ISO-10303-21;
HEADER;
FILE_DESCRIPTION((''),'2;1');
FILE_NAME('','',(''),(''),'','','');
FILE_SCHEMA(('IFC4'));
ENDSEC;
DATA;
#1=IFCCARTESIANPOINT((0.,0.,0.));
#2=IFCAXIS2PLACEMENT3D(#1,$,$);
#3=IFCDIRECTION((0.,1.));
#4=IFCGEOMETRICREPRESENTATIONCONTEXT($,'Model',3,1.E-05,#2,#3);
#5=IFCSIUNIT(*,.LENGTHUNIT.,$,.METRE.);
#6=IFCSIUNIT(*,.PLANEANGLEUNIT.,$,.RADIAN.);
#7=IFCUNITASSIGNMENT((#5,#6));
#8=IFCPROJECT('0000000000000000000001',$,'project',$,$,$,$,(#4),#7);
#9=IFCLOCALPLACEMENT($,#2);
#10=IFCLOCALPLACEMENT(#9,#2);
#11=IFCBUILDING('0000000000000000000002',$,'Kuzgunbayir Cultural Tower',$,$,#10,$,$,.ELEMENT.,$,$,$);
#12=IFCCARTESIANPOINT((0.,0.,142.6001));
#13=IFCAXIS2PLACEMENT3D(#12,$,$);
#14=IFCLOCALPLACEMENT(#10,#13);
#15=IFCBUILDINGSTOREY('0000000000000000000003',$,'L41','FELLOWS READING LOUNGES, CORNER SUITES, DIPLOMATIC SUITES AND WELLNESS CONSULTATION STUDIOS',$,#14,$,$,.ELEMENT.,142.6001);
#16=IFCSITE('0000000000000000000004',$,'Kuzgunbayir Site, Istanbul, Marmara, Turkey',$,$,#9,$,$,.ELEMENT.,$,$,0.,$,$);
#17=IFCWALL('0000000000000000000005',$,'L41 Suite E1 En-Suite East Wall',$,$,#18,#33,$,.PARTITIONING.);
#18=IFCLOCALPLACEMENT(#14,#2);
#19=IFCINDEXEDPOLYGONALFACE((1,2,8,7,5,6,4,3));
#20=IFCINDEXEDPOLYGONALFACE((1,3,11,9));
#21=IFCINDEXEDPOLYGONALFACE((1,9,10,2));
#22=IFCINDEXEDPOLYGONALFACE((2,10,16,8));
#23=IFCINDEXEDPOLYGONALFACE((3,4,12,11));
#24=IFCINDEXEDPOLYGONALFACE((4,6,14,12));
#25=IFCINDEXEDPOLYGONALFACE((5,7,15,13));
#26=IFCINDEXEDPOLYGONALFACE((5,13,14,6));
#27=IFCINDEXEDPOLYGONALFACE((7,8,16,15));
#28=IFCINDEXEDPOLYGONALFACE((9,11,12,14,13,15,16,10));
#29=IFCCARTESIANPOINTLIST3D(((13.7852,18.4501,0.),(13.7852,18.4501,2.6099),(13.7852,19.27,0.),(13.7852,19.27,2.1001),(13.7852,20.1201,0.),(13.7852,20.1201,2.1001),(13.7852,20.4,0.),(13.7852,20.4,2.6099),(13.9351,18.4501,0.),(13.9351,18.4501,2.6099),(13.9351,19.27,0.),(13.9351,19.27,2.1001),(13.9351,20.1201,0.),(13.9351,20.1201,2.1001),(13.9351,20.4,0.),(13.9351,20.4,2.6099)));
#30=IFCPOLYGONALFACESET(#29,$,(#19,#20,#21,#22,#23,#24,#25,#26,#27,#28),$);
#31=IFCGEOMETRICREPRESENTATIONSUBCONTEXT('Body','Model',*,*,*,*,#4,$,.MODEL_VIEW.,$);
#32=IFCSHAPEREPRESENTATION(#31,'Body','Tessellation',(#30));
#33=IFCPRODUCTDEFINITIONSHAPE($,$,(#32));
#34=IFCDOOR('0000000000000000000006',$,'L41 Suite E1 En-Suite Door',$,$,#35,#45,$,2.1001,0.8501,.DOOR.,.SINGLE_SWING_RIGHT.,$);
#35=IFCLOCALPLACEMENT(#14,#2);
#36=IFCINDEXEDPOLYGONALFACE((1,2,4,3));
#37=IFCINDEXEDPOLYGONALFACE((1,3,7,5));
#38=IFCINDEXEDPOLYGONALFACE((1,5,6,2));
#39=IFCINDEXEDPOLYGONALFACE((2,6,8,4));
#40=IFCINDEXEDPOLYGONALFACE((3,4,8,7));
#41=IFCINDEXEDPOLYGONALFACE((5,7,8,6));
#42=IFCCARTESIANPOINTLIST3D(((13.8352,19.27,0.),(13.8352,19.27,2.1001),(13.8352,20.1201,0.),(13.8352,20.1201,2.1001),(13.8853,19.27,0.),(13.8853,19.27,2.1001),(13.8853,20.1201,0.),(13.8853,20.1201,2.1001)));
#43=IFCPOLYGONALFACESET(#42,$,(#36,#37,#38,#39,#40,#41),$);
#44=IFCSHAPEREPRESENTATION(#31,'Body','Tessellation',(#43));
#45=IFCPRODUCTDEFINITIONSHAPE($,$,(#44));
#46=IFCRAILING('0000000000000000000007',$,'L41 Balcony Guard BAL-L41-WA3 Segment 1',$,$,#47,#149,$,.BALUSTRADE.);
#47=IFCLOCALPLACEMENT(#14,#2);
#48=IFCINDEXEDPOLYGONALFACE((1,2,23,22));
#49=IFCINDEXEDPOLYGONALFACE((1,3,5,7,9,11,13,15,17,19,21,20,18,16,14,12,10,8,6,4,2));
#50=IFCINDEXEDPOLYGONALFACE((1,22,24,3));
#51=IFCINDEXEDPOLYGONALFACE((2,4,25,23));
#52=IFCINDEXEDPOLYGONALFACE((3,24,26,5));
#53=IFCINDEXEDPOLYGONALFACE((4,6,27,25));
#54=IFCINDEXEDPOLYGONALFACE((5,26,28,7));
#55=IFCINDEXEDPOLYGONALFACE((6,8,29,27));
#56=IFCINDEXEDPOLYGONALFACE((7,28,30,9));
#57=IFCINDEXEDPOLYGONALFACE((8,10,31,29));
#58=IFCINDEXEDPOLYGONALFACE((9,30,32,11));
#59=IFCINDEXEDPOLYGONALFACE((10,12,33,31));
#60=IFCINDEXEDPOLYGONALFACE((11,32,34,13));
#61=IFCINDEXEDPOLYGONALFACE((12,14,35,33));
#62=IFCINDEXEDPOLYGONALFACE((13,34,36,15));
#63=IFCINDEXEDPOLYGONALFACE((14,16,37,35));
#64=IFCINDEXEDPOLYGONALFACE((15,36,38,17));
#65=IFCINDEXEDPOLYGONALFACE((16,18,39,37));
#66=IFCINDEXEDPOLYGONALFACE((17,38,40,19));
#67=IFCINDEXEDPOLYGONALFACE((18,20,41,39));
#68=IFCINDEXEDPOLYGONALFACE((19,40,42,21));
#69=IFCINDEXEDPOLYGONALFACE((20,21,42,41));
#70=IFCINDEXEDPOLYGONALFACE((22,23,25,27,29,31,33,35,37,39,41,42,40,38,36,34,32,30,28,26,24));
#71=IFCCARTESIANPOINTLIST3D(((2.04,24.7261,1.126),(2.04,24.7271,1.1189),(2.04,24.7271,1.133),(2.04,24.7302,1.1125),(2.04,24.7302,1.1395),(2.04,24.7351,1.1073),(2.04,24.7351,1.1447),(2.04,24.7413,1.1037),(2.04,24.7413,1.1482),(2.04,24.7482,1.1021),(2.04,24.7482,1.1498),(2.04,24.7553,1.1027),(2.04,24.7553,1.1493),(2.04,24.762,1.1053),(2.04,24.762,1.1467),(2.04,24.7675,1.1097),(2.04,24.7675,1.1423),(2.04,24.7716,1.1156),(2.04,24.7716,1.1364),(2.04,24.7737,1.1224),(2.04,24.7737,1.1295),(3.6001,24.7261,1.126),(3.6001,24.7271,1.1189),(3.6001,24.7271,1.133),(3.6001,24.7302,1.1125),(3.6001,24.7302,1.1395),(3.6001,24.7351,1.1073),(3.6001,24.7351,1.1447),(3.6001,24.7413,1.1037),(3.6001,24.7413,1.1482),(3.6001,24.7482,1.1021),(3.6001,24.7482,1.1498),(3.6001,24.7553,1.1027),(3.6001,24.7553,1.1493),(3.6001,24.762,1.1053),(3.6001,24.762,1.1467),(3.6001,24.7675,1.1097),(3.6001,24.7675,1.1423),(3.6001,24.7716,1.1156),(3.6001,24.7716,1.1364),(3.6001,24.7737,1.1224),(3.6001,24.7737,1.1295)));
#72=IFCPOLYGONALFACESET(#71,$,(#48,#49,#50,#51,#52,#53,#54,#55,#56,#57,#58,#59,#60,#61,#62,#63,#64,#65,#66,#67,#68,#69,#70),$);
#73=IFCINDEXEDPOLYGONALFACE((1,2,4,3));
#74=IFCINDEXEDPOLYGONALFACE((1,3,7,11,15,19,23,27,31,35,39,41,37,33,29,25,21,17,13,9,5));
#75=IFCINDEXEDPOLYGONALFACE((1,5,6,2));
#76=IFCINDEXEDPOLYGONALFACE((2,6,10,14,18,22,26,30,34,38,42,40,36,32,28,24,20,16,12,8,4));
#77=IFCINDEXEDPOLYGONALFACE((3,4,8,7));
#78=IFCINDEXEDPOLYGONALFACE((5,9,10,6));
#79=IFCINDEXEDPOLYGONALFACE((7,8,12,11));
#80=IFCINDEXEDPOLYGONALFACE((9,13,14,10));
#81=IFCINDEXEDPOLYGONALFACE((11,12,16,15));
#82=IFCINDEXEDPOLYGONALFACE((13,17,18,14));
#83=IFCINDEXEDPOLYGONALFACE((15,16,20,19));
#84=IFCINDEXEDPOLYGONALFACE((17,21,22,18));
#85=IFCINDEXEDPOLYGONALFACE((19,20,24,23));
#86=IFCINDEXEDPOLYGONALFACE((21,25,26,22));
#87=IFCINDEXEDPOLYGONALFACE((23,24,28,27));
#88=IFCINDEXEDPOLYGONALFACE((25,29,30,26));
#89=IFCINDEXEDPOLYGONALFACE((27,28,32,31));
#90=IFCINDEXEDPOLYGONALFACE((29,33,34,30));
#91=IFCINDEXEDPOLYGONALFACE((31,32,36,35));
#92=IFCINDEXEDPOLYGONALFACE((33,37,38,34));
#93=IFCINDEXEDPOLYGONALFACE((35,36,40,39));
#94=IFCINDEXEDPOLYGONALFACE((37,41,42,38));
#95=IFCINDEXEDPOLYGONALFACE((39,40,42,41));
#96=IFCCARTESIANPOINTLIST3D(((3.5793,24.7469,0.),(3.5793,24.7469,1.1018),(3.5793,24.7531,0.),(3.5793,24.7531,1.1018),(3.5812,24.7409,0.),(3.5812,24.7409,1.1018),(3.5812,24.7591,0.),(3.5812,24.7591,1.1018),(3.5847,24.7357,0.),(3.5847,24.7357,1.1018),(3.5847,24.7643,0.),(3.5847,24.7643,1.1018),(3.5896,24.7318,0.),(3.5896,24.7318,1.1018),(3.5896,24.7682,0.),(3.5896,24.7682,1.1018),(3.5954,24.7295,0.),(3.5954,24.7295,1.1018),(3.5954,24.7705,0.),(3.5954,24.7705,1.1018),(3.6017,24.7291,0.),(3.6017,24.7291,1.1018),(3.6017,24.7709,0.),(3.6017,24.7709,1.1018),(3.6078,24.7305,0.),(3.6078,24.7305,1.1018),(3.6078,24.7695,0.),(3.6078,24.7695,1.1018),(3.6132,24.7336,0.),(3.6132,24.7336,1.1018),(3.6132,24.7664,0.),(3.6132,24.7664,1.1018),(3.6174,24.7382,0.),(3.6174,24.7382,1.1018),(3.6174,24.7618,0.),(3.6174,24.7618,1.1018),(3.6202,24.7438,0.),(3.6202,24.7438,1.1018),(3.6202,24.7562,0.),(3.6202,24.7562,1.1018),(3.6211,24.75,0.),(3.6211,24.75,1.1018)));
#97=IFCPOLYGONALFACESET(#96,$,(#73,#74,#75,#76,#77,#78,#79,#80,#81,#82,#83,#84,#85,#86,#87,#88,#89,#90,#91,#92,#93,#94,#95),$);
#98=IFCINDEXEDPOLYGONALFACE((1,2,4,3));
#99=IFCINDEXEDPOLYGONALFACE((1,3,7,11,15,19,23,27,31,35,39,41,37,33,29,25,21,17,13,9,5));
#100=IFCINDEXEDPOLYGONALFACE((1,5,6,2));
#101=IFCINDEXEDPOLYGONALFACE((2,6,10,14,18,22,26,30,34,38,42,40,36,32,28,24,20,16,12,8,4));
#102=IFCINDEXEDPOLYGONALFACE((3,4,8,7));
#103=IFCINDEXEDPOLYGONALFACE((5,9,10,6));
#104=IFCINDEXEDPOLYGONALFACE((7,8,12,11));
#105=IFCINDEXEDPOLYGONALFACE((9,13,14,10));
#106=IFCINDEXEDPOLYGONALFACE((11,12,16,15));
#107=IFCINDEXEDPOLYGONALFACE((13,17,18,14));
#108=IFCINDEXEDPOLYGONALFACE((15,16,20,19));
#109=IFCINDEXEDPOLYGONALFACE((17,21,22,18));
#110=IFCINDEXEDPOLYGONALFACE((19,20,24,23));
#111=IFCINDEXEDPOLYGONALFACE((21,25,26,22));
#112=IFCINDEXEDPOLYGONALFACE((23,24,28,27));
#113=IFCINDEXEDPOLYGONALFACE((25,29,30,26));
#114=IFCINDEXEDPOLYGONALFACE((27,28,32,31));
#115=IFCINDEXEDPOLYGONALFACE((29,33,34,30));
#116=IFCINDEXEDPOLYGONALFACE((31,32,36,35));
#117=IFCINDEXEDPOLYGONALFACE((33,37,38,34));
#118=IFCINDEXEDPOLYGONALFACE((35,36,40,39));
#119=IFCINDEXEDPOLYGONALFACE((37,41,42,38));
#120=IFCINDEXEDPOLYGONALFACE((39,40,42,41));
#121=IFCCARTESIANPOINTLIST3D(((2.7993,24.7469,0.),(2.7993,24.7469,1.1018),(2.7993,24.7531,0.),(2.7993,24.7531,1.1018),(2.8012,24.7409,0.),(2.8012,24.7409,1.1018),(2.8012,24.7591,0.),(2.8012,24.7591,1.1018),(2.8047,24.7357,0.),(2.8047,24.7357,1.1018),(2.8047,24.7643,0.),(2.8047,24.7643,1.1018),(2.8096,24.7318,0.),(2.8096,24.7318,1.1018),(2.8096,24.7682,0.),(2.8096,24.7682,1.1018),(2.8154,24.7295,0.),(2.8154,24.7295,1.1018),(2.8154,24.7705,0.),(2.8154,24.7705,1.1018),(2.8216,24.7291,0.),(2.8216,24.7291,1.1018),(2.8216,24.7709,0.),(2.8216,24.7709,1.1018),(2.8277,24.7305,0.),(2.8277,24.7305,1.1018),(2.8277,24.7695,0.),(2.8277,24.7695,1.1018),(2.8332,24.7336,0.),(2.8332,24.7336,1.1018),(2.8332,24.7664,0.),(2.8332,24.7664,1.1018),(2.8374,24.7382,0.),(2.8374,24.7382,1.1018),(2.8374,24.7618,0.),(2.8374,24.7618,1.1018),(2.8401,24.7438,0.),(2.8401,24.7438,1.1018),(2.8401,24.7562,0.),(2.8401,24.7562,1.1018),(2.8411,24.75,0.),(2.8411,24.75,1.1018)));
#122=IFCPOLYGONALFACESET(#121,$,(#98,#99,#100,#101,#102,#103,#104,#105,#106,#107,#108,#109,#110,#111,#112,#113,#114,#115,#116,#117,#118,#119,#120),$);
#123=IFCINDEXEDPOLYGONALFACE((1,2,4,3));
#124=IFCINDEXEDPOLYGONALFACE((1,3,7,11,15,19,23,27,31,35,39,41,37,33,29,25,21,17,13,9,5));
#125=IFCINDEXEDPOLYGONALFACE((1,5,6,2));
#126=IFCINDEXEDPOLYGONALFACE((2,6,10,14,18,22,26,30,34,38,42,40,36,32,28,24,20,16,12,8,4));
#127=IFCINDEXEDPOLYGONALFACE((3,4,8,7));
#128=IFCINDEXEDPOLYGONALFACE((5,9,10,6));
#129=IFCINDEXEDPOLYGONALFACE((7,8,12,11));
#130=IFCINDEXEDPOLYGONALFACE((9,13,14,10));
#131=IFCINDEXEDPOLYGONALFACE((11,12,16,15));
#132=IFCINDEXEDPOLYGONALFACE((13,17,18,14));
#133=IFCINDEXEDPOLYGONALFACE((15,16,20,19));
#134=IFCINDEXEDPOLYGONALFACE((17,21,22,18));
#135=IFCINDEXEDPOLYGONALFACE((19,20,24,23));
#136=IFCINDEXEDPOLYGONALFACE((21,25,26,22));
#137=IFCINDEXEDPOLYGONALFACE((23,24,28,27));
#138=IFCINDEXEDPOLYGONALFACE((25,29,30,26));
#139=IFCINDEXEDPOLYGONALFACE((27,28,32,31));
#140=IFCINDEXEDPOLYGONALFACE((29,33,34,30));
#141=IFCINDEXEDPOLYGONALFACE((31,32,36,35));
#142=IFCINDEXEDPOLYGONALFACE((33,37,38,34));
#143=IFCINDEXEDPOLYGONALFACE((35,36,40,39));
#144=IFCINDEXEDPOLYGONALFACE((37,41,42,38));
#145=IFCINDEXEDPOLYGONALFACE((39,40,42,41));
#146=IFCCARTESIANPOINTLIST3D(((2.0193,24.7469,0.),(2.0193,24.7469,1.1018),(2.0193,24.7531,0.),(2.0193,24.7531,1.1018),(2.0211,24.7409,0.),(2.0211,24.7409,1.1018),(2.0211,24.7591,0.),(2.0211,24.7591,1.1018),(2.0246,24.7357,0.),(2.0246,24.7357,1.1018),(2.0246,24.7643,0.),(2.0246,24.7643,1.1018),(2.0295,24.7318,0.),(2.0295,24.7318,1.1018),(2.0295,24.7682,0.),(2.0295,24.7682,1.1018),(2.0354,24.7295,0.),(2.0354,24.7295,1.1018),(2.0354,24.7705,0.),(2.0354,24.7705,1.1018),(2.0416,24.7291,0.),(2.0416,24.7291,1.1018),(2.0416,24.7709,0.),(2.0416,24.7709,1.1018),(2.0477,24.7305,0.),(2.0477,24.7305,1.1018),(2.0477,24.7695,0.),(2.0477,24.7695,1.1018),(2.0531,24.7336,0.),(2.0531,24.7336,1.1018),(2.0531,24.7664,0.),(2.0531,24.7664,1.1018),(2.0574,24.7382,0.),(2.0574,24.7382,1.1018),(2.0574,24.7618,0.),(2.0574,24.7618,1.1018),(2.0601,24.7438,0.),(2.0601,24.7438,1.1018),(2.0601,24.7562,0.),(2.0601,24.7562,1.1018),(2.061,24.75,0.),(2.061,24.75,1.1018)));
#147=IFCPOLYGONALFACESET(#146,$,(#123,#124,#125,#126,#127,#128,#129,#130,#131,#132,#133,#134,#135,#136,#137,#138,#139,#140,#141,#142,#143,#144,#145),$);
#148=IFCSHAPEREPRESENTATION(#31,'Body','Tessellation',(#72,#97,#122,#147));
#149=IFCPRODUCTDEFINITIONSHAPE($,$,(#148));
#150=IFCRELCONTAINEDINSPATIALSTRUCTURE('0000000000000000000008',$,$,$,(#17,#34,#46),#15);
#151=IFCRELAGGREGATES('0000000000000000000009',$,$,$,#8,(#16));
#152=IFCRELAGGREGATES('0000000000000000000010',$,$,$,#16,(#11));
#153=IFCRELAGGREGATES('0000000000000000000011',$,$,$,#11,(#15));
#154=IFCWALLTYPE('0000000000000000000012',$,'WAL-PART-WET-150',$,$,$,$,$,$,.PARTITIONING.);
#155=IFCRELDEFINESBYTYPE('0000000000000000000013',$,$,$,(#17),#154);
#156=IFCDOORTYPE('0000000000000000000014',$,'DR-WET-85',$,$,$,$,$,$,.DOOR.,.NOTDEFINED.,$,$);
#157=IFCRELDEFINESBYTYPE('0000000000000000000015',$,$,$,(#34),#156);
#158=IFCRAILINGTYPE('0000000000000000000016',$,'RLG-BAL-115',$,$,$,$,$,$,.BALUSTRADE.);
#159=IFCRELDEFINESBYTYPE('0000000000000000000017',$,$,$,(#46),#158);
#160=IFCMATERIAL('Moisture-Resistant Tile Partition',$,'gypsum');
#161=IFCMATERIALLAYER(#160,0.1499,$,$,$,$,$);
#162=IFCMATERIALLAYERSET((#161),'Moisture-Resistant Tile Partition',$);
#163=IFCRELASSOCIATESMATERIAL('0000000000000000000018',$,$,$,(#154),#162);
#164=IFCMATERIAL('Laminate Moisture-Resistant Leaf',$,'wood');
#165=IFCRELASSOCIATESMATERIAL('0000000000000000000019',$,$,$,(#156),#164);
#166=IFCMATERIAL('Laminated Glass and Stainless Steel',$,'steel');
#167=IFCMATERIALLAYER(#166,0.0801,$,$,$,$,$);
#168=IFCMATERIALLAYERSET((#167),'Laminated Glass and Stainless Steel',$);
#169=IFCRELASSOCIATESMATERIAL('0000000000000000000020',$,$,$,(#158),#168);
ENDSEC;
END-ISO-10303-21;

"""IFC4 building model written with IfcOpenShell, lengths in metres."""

from ifc_helpers import new_model, si_unit, direction, frame, frame_2d, origin, origin_2d, place, context, subcontext, project, spatial, rectangle, circle, extrude, material, layer, layer_set, type_object, element, fill, save


model = new_model("IFC4")

# Units and contexts
model_context = context("Model", 3, precision=1e-05, world=origin(), true_north=direction((0.0, 1.0)))
body_context = subcontext(model_context, "Body", "Model", "MODEL_VIEW")
ifc_project = project(units=[si_unit("LENGTHUNIT", "METRE"), si_unit("PLANEANGLEUNIT", "RADIAN")], contexts=[model_context])

# Site, building, storey
site_placement = place(None, origin())
site = spatial("IfcSite", under=ifc_project, at=site_placement, Name="Kuzgunbayir Site, Istanbul, Marmara, Turkey", CompositionType="ELEMENT", RefElevation=0.0)
building_placement = place(site_placement, origin())
building = spatial("IfcBuilding", under=site, at=building_placement, Name="Kuzgunbayir Cultural Tower", CompositionType="ELEMENT")
storey_placement = place(building_placement, frame((0.0, 0.0, 142.6001)))
storey = spatial("IfcBuildingStorey", under=building, at=storey_placement, Name="L41", Description="FELLOWS READING LOUNGES, CORNER SUITES, DIPLOMATIC SUITES AND WELLNESS CONSULTATION STUDIOS", CompositionType="ELEMENT", Elevation=142.6001)

# Shared definitions
ifc_material_1 = material(Name="Moisture-Resistant Tile Partition", Category="gypsum")
ifc_layer_1 = layer(ifc_material_1, 0.1499)
ifc_layer_set_1 = layer_set([ifc_layer_1], Name="Moisture-Resistant Tile Partition")
wall_type_1 = type_object("IfcWallType", Name="WAL-PART-WET-150", PredefinedType="PARTITIONING", material=ifc_layer_set_1)

# Wall, opening, door
wall_1_placement = place(storey_placement, frame((13.8601, 18.45, 0.0), z_axis=(0.0, 0.0, 1.0), x_axis=(0.0, 1.0, 0.0)))
wall_1 = element("IfcWall", 1, at=wall_1_placement, inside=storey, type_object=wall_type_1, Name="L41 Suite E1 En-Suite East Wall", PredefinedType="PARTITIONING", context=body_context, shape_type="SweptSolid", body=[
    extrude(rectangle(XDim=1.95, YDim=0.1499, at=frame_2d((0.9751, 0.0))), origin(), (0.0, 0.0, 1.0), 2.6099),
])
opening_placement = place(wall_1_placement, frame((0.8201, 0.0, 0.0)))
opening = element("IfcOpeningElement", 2, at=opening_placement, cuts=wall_1, PredefinedType="OPENING", context=body_context, shape_type="SweptSolid", body=[
    extrude(rectangle(XDim=0.8501, YDim=2.1001, at=frame_2d((0.425, 1.05))), frame((0.0, 0.085, 0.0), z_axis=(0.0, -1.0, 0.0), x_axis=(1.0, 0.0, 0.0)), (0.0, 0.0, 1.0), 0.1699),
])
ifc_material_2 = material(Name="Laminate Moisture-Resistant Leaf", Category="wood")
door_type = type_object("IfcDoorType", Name="DR-WET-85", OperationType="NOTDEFINED", PredefinedType="DOOR", material=ifc_material_2)
door_placement = place(opening_placement, origin())
door = element("IfcDoor", 3, at=door_placement, inside=storey, type_object=door_type, Name="L41 Suite E1 En-Suite Door", OperationType="SINGLE_SWING_RIGHT", OverallHeight=2.1001, OverallWidth=0.8501, PredefinedType="DOOR", context=body_context, shape_type="SweptSolid", body=[
    extrude(rectangle(XDim=0.8501, YDim=2.1001, at=frame_2d((0.425, 1.05))), frame((0.0, 0.0249, 0.0), z_axis=(0.0, -1.0, 0.0), x_axis=(1.0, 0.0, 0.0)), (0.0, 0.0, 1.0), 0.05),
])
fill(opening, door)

# Railing
ifc_material_3 = material(Name="Laminated Glass and Stainless Steel", Category="steel")
ifc_layer_2 = layer(ifc_material_3, 0.0801)
ifc_layer_set_2 = layer_set([ifc_layer_2], Name="Laminated Glass and Stainless Steel")
railing_type = type_object("IfcRailingType", Name="RLG-BAL-115", PredefinedType="BALUSTRADE", material=ifc_layer_set_2)
railing_1_placement = place(storey_placement, frame((3.6001, 24.75, 0.0)))
element("IfcRailing", 4, at=railing_1_placement, inside=storey, type_object=railing_type, Name="L41 Balcony Guard BAL-L41-WA3 Segment 1", PredefinedType="BALUSTRADE", context=body_context, shape_type="SweptSolid", body=[
    extrude(circle(Radius=0.0239, at=origin_2d()), frame((0.0, 0.0, 1.126), z_axis=(-1.0, 0.0, 0.0), x_axis=(0.0, -1.0, 0.0)), (0.0, 0.0, 1.0), 1.5601),
    extrude(circle(Radius=0.021, at=origin_2d()), origin(), (0.0, 0.0, 1.0), 1.1018),
    extrude(circle(Radius=0.021, at=origin_2d()), frame((-0.78, 0.0, 0.0)), (0.0, 0.0, 1.0), 1.1018),
    extrude(circle(Radius=0.021, at=origin_2d()), frame((-1.5601, 0.0, 0.0)), (0.0, 0.0, 1.0), 1.1018),
])

save(model, "model.ifc")
